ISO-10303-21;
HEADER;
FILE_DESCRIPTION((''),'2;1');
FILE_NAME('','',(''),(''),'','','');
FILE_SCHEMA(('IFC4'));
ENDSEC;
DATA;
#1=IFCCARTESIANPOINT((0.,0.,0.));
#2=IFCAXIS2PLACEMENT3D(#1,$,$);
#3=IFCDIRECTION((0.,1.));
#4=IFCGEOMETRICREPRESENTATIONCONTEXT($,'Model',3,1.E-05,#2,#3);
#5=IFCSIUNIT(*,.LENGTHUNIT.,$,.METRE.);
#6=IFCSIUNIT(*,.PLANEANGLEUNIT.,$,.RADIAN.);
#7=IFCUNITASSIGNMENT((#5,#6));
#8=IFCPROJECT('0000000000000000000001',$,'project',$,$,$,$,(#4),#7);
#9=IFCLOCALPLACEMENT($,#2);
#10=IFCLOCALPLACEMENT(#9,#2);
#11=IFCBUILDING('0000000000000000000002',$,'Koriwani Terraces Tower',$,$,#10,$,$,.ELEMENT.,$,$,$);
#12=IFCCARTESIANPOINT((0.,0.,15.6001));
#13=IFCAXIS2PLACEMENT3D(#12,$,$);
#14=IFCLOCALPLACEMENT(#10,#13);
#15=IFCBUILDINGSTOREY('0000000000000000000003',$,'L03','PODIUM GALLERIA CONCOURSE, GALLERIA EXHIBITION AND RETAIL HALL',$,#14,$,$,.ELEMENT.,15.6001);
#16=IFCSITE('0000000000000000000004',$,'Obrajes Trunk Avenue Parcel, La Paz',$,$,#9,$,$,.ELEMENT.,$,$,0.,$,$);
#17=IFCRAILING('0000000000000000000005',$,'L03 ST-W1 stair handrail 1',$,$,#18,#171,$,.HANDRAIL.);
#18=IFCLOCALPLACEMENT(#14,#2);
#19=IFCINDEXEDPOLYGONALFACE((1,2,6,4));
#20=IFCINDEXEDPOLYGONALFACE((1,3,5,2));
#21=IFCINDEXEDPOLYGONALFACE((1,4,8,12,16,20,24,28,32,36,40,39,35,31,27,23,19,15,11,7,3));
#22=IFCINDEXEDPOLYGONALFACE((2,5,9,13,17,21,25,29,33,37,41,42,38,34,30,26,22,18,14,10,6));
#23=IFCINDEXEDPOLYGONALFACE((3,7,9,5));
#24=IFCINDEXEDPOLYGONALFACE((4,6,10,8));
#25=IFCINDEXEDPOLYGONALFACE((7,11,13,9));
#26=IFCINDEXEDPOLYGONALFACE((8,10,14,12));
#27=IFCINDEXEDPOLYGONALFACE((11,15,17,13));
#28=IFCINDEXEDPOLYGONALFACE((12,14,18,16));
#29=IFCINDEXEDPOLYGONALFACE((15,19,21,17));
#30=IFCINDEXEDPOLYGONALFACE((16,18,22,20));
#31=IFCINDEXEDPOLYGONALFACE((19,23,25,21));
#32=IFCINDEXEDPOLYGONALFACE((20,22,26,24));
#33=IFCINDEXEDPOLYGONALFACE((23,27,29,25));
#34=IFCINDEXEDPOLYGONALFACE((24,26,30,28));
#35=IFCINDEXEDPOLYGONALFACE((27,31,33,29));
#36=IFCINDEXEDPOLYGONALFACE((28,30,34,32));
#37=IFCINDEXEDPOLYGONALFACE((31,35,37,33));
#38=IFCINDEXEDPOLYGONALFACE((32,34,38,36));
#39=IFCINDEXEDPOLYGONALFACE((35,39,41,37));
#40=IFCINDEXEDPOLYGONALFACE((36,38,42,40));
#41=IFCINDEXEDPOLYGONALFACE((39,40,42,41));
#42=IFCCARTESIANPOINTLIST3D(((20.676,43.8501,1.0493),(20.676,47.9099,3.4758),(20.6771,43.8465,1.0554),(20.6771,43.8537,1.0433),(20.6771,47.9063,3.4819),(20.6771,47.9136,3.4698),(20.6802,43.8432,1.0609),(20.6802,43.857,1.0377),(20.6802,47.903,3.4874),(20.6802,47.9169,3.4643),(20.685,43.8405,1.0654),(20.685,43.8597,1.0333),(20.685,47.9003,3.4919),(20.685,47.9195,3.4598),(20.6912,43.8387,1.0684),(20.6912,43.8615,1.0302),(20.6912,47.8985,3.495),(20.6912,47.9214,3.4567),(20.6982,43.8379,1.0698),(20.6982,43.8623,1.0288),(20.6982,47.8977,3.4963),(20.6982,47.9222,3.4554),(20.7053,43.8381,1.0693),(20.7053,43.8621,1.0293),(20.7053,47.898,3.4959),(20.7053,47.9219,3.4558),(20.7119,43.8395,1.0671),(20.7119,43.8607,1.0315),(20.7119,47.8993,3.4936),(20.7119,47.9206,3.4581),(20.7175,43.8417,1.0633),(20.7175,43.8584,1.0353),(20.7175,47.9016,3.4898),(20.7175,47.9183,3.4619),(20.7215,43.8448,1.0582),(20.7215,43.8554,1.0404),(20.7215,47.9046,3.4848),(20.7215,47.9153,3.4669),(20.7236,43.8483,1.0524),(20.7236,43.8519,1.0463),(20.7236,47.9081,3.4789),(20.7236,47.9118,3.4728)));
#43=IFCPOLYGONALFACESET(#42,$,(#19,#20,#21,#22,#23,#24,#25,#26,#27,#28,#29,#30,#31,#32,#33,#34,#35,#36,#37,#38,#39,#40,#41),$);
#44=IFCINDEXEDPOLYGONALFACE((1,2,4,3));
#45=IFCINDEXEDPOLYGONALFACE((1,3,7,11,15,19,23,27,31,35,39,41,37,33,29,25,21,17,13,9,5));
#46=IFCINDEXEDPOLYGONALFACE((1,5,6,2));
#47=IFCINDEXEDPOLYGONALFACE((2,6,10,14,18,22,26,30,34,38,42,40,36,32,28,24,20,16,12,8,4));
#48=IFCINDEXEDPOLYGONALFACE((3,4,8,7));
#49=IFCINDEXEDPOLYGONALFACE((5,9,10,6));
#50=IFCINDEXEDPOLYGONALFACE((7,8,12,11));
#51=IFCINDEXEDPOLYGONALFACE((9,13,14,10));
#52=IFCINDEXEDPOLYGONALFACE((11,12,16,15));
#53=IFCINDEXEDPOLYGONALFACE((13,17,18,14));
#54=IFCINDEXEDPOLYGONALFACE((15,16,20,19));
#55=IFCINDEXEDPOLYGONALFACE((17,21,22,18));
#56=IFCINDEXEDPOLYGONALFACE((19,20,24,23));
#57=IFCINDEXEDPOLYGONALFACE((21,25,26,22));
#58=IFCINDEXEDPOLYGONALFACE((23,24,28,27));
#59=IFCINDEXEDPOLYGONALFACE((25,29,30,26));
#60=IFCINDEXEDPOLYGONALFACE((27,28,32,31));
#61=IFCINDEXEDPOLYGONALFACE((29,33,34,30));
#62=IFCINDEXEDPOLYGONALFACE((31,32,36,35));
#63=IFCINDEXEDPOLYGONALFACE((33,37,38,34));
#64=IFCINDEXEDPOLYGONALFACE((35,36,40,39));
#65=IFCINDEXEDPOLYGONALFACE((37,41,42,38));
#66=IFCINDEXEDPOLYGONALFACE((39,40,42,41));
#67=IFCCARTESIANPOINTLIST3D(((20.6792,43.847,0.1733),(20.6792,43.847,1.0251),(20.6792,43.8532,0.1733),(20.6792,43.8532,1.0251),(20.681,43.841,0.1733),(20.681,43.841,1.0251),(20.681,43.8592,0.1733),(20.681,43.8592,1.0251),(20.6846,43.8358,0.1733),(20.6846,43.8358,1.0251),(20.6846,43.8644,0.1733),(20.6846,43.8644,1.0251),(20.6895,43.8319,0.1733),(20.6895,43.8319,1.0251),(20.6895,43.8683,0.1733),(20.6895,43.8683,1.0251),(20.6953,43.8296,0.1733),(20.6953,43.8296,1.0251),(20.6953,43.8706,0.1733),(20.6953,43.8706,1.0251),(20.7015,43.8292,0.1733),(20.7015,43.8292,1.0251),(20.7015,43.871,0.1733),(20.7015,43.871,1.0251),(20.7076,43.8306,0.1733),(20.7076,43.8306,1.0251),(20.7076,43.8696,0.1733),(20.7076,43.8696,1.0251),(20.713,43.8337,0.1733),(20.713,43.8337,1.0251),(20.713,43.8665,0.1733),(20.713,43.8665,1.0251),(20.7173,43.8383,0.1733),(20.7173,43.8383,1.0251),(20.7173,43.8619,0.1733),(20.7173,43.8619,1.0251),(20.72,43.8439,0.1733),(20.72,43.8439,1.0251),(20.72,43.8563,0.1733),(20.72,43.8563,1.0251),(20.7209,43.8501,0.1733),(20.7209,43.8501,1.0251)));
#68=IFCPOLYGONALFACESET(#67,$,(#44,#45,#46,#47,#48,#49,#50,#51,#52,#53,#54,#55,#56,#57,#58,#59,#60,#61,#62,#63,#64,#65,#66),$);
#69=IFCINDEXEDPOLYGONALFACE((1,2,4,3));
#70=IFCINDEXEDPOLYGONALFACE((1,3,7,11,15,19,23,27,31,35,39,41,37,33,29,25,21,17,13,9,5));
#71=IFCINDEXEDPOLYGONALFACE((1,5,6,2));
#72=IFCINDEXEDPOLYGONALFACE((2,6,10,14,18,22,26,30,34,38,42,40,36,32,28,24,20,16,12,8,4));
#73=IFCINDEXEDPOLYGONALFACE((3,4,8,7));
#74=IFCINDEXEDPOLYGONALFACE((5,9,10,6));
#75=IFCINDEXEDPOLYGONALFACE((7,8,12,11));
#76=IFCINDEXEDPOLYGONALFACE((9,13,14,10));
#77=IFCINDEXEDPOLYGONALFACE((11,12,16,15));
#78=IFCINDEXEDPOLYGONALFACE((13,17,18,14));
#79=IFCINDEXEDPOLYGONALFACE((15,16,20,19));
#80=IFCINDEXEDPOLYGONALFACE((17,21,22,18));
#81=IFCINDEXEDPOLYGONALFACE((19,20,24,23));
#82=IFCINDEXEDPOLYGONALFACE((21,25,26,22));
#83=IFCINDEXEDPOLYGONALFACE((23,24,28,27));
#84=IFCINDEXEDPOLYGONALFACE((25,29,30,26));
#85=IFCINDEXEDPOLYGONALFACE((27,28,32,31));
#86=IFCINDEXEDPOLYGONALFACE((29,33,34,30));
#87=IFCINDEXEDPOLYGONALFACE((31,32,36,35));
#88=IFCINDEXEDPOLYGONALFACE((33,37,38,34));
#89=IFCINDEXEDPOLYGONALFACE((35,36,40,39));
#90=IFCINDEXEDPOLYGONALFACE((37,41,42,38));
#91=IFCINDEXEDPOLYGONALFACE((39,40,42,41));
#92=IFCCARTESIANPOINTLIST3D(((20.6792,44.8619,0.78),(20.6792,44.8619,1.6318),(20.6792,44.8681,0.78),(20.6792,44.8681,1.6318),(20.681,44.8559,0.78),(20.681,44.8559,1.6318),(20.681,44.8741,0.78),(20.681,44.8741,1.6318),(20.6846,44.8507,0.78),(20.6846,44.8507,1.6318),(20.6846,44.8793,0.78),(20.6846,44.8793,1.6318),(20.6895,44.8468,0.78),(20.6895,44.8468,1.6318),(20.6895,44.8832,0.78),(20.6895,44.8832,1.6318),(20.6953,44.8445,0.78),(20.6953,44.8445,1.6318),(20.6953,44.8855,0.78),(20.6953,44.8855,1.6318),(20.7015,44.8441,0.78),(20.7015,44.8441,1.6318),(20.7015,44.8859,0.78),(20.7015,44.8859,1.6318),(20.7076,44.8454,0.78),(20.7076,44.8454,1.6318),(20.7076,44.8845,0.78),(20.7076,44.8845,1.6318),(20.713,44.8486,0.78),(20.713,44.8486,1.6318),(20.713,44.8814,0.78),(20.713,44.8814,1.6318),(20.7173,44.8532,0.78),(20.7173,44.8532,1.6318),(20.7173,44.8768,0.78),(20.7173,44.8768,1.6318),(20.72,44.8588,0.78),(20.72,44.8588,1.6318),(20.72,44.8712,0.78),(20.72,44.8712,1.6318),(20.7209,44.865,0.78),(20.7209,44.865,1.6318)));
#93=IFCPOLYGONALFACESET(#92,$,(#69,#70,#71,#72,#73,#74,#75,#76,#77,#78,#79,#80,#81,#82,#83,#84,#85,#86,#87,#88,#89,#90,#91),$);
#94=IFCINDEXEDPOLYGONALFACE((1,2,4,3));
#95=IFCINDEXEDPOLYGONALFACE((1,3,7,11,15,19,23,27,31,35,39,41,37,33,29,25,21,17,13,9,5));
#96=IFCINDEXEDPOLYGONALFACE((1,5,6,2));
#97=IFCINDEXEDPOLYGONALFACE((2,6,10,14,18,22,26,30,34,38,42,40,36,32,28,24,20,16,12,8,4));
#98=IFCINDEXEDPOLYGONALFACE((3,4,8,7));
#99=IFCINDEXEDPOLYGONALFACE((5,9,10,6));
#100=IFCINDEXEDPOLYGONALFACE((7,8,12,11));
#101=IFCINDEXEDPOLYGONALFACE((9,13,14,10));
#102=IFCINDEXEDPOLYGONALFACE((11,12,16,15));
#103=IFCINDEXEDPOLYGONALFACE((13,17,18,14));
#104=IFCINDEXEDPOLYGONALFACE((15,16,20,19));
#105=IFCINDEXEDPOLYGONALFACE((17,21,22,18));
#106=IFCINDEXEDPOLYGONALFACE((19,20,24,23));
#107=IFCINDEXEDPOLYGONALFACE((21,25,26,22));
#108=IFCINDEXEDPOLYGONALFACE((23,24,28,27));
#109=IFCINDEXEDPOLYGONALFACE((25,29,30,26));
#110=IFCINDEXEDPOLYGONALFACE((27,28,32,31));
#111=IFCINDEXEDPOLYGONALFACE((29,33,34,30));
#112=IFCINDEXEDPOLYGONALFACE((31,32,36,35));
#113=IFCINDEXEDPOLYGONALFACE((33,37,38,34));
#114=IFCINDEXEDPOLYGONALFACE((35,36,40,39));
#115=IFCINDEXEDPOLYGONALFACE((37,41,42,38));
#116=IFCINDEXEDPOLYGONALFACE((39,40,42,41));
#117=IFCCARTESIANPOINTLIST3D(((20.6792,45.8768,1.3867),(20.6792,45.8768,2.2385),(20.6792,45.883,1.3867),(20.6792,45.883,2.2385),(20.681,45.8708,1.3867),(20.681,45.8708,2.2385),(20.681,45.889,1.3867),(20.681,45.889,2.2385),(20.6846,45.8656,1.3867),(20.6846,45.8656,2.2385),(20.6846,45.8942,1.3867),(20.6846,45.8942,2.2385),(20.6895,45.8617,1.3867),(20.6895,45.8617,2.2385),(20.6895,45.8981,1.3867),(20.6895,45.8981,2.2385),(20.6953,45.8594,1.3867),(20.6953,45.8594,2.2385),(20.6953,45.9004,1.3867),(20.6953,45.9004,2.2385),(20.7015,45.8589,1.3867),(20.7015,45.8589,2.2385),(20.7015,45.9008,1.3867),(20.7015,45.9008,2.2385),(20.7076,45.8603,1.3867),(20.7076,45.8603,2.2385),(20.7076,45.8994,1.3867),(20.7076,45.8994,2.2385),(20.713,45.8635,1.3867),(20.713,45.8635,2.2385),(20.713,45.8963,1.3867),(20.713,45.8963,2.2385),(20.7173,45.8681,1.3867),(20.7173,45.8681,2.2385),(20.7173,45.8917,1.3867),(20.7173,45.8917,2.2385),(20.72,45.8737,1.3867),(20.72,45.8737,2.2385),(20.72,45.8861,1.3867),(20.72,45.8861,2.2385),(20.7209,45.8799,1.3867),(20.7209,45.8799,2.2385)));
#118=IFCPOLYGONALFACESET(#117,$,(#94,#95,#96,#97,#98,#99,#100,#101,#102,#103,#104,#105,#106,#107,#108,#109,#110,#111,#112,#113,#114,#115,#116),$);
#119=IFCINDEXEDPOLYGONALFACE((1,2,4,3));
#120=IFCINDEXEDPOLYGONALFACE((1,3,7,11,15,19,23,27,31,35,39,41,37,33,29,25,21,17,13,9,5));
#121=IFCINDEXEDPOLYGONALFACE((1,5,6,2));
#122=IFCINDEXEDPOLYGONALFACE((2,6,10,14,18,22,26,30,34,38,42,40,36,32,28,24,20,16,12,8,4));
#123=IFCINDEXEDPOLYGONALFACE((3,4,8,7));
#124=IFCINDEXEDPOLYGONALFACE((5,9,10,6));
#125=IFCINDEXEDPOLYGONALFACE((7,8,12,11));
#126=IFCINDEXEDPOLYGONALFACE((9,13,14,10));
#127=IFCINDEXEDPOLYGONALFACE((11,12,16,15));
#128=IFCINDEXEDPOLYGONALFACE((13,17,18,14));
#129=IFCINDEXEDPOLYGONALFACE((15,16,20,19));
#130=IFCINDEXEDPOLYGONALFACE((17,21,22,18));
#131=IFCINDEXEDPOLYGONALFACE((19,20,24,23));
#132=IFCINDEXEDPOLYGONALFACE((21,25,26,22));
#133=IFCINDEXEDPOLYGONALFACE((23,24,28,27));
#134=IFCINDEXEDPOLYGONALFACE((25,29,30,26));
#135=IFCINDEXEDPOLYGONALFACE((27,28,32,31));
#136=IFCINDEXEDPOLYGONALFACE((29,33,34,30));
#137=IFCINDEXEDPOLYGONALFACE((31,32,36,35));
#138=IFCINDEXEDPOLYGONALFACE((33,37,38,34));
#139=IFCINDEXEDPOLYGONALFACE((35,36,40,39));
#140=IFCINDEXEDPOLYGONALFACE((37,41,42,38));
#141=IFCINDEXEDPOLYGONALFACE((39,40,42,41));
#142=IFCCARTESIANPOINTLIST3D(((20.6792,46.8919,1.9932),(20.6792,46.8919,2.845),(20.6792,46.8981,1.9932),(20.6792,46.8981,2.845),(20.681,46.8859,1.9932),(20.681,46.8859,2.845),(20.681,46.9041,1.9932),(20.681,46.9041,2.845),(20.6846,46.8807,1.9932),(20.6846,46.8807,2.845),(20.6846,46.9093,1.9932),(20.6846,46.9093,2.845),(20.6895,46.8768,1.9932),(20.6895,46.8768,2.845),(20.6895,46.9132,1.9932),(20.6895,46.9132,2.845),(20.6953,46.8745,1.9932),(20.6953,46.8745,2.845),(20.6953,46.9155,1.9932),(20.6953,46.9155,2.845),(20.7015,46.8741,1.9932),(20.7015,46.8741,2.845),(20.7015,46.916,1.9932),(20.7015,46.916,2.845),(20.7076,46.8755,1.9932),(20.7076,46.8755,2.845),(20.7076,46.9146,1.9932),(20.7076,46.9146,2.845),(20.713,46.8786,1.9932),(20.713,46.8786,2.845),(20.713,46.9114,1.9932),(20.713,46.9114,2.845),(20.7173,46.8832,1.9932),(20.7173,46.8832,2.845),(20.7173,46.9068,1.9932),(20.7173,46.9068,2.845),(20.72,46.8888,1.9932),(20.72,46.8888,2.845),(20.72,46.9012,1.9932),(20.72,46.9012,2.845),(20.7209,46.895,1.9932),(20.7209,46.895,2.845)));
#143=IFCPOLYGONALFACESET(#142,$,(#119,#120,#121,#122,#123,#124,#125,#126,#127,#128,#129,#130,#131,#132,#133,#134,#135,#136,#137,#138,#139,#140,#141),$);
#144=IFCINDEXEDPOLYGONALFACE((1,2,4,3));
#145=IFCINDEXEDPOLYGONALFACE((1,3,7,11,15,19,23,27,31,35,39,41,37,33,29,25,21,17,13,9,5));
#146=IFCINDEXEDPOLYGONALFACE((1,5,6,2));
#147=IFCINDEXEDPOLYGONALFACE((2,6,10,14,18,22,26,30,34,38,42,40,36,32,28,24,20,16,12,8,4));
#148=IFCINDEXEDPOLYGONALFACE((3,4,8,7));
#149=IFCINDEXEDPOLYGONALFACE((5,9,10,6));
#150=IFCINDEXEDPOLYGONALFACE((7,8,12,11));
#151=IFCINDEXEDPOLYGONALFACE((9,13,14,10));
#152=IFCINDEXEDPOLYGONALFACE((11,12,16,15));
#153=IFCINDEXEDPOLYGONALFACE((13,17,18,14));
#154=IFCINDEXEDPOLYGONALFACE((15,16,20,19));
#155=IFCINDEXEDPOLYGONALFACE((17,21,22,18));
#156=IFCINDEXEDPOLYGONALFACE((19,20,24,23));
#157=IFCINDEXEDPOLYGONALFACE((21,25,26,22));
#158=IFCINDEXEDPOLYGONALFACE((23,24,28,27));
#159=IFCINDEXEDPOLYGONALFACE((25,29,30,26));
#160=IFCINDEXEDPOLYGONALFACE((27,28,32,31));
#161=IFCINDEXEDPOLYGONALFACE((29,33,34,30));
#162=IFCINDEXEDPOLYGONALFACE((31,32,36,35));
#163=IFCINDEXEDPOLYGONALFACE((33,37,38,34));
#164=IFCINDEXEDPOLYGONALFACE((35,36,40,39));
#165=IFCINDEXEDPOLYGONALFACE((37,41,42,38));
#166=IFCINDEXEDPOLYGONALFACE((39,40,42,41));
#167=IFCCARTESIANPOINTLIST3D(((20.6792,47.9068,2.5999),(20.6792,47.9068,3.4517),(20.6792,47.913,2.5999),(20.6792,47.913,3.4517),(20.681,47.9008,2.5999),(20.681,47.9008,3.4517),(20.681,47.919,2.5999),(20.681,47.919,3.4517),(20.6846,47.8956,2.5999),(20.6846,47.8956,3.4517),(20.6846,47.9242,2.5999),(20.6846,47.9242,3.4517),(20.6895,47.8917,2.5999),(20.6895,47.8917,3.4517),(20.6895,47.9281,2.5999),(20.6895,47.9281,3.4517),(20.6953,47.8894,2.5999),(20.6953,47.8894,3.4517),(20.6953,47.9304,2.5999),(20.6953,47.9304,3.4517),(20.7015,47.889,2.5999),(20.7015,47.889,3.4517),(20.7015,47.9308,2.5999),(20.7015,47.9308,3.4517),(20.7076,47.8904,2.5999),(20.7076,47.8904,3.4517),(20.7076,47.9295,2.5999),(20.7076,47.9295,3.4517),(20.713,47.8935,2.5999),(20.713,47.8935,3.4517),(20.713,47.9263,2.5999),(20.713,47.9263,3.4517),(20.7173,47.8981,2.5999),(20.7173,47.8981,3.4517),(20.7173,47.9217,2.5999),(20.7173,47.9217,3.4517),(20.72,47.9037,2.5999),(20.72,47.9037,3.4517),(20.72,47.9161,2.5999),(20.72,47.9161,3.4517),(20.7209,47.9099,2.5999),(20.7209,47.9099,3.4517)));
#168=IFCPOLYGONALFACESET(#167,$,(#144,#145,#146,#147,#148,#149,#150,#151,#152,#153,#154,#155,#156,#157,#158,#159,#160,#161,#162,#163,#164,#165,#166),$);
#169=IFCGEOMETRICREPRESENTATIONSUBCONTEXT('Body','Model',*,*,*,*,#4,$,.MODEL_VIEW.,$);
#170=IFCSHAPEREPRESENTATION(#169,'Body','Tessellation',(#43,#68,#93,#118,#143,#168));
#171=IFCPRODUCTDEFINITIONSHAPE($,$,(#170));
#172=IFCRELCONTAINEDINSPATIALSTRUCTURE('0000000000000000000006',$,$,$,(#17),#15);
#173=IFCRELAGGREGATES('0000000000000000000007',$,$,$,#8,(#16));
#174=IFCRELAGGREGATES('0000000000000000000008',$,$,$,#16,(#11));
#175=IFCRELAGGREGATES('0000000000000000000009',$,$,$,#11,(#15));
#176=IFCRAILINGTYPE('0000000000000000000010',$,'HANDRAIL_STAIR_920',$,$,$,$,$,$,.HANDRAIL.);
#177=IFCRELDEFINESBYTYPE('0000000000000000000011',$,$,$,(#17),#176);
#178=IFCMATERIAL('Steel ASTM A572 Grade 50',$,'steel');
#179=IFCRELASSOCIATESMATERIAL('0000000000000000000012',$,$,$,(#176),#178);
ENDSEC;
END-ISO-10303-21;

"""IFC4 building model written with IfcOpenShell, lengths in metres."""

from ifc_helpers import new_model, si_unit, direction, frame, origin, origin_2d, place, context, subcontext, project, spatial, circle, extrude, material, type_object, element, save


model = new_model("IFC4")

# Units and contexts
model_context = context("Model", 3, precision=1e-05, world=origin(), true_north=direction((0.0, 1.0)))
body_context = subcontext(model_context, "Body", "Model", "MODEL_VIEW")
ifc_project = project(units=[si_unit("LENGTHUNIT", "METRE"), si_unit("PLANEANGLEUNIT", "RADIAN")], contexts=[model_context])

# Site, building, storey
site_placement = place(None, origin())
site = spatial("IfcSite", under=ifc_project, at=site_placement, Name="Obrajes Trunk Avenue Parcel, La Paz", CompositionType="ELEMENT", RefElevation=0.0)
building_placement = place(site_placement, origin())
building = spatial("IfcBuilding", under=site, at=building_placement, Name="Koriwani Terraces Tower", CompositionType="ELEMENT")
storey_placement = place(building_placement, frame((0.0, 0.0, 15.6001)))
storey = spatial("IfcBuildingStorey", under=building, at=storey_placement, Name="L03", Description="PODIUM GALLERIA CONCOURSE, GALLERIA EXHIBITION AND RETAIL HALL", CompositionType="ELEMENT", Elevation=15.6001)

# Shared definitions
ifc_material_1 = material(Name="Steel ASTM A572 Grade 50", Category="steel")

# Railing
railing_type_1 = type_object("IfcRailingType", Name="HANDRAIL_STAIR_920", PredefinedType="HANDRAIL", material=ifc_material_1)
railing_1_placement = place(storey_placement, frame((20.7, 43.8501, 0.1733)))
element("IfcRailing", 1, at=railing_1_placement, inside=storey, type_object=railing_type_1, Name="L03 ST-W1 stair handrail 1", PredefinedType="HANDRAIL", context=body_context, shape_type="SweptSolid", body=[
    extrude(circle(Radius=0.0239, at=origin_2d()), frame((0.0, 0.0, 0.876), z_axis=(0.0, 0.858366, 0.513038), x_axis=(-1.0, 0.0, 0.0)), (0.0, 0.0, 1.0), 4.7297),
    extrude(circle(Radius=0.021, at=origin_2d()), origin(), (0.0, 0.0, 1.0), 0.8518),
    extrude(circle(Radius=0.021, at=origin_2d()), frame((0.0, 1.0149, 0.6067)), (0.0, 0.0, 1.0), 0.8518),
    extrude(circle(Radius=0.021, at=origin_2d()), frame((0.0, 2.0298, 1.2134)), (0.0, 0.0, 1.0), 0.8518),
    extrude(circle(Radius=0.021, at=origin_2d()), frame((0.0, 3.0449, 1.8198)), (0.0, 0.0, 1.0), 0.8518),
    extrude(circle(Radius=0.021, at=origin_2d()), frame((0.0, 4.0598, 2.4265)), (0.0, 0.0, 1.0), 0.8518),
])

save(model, "model.ifc")
